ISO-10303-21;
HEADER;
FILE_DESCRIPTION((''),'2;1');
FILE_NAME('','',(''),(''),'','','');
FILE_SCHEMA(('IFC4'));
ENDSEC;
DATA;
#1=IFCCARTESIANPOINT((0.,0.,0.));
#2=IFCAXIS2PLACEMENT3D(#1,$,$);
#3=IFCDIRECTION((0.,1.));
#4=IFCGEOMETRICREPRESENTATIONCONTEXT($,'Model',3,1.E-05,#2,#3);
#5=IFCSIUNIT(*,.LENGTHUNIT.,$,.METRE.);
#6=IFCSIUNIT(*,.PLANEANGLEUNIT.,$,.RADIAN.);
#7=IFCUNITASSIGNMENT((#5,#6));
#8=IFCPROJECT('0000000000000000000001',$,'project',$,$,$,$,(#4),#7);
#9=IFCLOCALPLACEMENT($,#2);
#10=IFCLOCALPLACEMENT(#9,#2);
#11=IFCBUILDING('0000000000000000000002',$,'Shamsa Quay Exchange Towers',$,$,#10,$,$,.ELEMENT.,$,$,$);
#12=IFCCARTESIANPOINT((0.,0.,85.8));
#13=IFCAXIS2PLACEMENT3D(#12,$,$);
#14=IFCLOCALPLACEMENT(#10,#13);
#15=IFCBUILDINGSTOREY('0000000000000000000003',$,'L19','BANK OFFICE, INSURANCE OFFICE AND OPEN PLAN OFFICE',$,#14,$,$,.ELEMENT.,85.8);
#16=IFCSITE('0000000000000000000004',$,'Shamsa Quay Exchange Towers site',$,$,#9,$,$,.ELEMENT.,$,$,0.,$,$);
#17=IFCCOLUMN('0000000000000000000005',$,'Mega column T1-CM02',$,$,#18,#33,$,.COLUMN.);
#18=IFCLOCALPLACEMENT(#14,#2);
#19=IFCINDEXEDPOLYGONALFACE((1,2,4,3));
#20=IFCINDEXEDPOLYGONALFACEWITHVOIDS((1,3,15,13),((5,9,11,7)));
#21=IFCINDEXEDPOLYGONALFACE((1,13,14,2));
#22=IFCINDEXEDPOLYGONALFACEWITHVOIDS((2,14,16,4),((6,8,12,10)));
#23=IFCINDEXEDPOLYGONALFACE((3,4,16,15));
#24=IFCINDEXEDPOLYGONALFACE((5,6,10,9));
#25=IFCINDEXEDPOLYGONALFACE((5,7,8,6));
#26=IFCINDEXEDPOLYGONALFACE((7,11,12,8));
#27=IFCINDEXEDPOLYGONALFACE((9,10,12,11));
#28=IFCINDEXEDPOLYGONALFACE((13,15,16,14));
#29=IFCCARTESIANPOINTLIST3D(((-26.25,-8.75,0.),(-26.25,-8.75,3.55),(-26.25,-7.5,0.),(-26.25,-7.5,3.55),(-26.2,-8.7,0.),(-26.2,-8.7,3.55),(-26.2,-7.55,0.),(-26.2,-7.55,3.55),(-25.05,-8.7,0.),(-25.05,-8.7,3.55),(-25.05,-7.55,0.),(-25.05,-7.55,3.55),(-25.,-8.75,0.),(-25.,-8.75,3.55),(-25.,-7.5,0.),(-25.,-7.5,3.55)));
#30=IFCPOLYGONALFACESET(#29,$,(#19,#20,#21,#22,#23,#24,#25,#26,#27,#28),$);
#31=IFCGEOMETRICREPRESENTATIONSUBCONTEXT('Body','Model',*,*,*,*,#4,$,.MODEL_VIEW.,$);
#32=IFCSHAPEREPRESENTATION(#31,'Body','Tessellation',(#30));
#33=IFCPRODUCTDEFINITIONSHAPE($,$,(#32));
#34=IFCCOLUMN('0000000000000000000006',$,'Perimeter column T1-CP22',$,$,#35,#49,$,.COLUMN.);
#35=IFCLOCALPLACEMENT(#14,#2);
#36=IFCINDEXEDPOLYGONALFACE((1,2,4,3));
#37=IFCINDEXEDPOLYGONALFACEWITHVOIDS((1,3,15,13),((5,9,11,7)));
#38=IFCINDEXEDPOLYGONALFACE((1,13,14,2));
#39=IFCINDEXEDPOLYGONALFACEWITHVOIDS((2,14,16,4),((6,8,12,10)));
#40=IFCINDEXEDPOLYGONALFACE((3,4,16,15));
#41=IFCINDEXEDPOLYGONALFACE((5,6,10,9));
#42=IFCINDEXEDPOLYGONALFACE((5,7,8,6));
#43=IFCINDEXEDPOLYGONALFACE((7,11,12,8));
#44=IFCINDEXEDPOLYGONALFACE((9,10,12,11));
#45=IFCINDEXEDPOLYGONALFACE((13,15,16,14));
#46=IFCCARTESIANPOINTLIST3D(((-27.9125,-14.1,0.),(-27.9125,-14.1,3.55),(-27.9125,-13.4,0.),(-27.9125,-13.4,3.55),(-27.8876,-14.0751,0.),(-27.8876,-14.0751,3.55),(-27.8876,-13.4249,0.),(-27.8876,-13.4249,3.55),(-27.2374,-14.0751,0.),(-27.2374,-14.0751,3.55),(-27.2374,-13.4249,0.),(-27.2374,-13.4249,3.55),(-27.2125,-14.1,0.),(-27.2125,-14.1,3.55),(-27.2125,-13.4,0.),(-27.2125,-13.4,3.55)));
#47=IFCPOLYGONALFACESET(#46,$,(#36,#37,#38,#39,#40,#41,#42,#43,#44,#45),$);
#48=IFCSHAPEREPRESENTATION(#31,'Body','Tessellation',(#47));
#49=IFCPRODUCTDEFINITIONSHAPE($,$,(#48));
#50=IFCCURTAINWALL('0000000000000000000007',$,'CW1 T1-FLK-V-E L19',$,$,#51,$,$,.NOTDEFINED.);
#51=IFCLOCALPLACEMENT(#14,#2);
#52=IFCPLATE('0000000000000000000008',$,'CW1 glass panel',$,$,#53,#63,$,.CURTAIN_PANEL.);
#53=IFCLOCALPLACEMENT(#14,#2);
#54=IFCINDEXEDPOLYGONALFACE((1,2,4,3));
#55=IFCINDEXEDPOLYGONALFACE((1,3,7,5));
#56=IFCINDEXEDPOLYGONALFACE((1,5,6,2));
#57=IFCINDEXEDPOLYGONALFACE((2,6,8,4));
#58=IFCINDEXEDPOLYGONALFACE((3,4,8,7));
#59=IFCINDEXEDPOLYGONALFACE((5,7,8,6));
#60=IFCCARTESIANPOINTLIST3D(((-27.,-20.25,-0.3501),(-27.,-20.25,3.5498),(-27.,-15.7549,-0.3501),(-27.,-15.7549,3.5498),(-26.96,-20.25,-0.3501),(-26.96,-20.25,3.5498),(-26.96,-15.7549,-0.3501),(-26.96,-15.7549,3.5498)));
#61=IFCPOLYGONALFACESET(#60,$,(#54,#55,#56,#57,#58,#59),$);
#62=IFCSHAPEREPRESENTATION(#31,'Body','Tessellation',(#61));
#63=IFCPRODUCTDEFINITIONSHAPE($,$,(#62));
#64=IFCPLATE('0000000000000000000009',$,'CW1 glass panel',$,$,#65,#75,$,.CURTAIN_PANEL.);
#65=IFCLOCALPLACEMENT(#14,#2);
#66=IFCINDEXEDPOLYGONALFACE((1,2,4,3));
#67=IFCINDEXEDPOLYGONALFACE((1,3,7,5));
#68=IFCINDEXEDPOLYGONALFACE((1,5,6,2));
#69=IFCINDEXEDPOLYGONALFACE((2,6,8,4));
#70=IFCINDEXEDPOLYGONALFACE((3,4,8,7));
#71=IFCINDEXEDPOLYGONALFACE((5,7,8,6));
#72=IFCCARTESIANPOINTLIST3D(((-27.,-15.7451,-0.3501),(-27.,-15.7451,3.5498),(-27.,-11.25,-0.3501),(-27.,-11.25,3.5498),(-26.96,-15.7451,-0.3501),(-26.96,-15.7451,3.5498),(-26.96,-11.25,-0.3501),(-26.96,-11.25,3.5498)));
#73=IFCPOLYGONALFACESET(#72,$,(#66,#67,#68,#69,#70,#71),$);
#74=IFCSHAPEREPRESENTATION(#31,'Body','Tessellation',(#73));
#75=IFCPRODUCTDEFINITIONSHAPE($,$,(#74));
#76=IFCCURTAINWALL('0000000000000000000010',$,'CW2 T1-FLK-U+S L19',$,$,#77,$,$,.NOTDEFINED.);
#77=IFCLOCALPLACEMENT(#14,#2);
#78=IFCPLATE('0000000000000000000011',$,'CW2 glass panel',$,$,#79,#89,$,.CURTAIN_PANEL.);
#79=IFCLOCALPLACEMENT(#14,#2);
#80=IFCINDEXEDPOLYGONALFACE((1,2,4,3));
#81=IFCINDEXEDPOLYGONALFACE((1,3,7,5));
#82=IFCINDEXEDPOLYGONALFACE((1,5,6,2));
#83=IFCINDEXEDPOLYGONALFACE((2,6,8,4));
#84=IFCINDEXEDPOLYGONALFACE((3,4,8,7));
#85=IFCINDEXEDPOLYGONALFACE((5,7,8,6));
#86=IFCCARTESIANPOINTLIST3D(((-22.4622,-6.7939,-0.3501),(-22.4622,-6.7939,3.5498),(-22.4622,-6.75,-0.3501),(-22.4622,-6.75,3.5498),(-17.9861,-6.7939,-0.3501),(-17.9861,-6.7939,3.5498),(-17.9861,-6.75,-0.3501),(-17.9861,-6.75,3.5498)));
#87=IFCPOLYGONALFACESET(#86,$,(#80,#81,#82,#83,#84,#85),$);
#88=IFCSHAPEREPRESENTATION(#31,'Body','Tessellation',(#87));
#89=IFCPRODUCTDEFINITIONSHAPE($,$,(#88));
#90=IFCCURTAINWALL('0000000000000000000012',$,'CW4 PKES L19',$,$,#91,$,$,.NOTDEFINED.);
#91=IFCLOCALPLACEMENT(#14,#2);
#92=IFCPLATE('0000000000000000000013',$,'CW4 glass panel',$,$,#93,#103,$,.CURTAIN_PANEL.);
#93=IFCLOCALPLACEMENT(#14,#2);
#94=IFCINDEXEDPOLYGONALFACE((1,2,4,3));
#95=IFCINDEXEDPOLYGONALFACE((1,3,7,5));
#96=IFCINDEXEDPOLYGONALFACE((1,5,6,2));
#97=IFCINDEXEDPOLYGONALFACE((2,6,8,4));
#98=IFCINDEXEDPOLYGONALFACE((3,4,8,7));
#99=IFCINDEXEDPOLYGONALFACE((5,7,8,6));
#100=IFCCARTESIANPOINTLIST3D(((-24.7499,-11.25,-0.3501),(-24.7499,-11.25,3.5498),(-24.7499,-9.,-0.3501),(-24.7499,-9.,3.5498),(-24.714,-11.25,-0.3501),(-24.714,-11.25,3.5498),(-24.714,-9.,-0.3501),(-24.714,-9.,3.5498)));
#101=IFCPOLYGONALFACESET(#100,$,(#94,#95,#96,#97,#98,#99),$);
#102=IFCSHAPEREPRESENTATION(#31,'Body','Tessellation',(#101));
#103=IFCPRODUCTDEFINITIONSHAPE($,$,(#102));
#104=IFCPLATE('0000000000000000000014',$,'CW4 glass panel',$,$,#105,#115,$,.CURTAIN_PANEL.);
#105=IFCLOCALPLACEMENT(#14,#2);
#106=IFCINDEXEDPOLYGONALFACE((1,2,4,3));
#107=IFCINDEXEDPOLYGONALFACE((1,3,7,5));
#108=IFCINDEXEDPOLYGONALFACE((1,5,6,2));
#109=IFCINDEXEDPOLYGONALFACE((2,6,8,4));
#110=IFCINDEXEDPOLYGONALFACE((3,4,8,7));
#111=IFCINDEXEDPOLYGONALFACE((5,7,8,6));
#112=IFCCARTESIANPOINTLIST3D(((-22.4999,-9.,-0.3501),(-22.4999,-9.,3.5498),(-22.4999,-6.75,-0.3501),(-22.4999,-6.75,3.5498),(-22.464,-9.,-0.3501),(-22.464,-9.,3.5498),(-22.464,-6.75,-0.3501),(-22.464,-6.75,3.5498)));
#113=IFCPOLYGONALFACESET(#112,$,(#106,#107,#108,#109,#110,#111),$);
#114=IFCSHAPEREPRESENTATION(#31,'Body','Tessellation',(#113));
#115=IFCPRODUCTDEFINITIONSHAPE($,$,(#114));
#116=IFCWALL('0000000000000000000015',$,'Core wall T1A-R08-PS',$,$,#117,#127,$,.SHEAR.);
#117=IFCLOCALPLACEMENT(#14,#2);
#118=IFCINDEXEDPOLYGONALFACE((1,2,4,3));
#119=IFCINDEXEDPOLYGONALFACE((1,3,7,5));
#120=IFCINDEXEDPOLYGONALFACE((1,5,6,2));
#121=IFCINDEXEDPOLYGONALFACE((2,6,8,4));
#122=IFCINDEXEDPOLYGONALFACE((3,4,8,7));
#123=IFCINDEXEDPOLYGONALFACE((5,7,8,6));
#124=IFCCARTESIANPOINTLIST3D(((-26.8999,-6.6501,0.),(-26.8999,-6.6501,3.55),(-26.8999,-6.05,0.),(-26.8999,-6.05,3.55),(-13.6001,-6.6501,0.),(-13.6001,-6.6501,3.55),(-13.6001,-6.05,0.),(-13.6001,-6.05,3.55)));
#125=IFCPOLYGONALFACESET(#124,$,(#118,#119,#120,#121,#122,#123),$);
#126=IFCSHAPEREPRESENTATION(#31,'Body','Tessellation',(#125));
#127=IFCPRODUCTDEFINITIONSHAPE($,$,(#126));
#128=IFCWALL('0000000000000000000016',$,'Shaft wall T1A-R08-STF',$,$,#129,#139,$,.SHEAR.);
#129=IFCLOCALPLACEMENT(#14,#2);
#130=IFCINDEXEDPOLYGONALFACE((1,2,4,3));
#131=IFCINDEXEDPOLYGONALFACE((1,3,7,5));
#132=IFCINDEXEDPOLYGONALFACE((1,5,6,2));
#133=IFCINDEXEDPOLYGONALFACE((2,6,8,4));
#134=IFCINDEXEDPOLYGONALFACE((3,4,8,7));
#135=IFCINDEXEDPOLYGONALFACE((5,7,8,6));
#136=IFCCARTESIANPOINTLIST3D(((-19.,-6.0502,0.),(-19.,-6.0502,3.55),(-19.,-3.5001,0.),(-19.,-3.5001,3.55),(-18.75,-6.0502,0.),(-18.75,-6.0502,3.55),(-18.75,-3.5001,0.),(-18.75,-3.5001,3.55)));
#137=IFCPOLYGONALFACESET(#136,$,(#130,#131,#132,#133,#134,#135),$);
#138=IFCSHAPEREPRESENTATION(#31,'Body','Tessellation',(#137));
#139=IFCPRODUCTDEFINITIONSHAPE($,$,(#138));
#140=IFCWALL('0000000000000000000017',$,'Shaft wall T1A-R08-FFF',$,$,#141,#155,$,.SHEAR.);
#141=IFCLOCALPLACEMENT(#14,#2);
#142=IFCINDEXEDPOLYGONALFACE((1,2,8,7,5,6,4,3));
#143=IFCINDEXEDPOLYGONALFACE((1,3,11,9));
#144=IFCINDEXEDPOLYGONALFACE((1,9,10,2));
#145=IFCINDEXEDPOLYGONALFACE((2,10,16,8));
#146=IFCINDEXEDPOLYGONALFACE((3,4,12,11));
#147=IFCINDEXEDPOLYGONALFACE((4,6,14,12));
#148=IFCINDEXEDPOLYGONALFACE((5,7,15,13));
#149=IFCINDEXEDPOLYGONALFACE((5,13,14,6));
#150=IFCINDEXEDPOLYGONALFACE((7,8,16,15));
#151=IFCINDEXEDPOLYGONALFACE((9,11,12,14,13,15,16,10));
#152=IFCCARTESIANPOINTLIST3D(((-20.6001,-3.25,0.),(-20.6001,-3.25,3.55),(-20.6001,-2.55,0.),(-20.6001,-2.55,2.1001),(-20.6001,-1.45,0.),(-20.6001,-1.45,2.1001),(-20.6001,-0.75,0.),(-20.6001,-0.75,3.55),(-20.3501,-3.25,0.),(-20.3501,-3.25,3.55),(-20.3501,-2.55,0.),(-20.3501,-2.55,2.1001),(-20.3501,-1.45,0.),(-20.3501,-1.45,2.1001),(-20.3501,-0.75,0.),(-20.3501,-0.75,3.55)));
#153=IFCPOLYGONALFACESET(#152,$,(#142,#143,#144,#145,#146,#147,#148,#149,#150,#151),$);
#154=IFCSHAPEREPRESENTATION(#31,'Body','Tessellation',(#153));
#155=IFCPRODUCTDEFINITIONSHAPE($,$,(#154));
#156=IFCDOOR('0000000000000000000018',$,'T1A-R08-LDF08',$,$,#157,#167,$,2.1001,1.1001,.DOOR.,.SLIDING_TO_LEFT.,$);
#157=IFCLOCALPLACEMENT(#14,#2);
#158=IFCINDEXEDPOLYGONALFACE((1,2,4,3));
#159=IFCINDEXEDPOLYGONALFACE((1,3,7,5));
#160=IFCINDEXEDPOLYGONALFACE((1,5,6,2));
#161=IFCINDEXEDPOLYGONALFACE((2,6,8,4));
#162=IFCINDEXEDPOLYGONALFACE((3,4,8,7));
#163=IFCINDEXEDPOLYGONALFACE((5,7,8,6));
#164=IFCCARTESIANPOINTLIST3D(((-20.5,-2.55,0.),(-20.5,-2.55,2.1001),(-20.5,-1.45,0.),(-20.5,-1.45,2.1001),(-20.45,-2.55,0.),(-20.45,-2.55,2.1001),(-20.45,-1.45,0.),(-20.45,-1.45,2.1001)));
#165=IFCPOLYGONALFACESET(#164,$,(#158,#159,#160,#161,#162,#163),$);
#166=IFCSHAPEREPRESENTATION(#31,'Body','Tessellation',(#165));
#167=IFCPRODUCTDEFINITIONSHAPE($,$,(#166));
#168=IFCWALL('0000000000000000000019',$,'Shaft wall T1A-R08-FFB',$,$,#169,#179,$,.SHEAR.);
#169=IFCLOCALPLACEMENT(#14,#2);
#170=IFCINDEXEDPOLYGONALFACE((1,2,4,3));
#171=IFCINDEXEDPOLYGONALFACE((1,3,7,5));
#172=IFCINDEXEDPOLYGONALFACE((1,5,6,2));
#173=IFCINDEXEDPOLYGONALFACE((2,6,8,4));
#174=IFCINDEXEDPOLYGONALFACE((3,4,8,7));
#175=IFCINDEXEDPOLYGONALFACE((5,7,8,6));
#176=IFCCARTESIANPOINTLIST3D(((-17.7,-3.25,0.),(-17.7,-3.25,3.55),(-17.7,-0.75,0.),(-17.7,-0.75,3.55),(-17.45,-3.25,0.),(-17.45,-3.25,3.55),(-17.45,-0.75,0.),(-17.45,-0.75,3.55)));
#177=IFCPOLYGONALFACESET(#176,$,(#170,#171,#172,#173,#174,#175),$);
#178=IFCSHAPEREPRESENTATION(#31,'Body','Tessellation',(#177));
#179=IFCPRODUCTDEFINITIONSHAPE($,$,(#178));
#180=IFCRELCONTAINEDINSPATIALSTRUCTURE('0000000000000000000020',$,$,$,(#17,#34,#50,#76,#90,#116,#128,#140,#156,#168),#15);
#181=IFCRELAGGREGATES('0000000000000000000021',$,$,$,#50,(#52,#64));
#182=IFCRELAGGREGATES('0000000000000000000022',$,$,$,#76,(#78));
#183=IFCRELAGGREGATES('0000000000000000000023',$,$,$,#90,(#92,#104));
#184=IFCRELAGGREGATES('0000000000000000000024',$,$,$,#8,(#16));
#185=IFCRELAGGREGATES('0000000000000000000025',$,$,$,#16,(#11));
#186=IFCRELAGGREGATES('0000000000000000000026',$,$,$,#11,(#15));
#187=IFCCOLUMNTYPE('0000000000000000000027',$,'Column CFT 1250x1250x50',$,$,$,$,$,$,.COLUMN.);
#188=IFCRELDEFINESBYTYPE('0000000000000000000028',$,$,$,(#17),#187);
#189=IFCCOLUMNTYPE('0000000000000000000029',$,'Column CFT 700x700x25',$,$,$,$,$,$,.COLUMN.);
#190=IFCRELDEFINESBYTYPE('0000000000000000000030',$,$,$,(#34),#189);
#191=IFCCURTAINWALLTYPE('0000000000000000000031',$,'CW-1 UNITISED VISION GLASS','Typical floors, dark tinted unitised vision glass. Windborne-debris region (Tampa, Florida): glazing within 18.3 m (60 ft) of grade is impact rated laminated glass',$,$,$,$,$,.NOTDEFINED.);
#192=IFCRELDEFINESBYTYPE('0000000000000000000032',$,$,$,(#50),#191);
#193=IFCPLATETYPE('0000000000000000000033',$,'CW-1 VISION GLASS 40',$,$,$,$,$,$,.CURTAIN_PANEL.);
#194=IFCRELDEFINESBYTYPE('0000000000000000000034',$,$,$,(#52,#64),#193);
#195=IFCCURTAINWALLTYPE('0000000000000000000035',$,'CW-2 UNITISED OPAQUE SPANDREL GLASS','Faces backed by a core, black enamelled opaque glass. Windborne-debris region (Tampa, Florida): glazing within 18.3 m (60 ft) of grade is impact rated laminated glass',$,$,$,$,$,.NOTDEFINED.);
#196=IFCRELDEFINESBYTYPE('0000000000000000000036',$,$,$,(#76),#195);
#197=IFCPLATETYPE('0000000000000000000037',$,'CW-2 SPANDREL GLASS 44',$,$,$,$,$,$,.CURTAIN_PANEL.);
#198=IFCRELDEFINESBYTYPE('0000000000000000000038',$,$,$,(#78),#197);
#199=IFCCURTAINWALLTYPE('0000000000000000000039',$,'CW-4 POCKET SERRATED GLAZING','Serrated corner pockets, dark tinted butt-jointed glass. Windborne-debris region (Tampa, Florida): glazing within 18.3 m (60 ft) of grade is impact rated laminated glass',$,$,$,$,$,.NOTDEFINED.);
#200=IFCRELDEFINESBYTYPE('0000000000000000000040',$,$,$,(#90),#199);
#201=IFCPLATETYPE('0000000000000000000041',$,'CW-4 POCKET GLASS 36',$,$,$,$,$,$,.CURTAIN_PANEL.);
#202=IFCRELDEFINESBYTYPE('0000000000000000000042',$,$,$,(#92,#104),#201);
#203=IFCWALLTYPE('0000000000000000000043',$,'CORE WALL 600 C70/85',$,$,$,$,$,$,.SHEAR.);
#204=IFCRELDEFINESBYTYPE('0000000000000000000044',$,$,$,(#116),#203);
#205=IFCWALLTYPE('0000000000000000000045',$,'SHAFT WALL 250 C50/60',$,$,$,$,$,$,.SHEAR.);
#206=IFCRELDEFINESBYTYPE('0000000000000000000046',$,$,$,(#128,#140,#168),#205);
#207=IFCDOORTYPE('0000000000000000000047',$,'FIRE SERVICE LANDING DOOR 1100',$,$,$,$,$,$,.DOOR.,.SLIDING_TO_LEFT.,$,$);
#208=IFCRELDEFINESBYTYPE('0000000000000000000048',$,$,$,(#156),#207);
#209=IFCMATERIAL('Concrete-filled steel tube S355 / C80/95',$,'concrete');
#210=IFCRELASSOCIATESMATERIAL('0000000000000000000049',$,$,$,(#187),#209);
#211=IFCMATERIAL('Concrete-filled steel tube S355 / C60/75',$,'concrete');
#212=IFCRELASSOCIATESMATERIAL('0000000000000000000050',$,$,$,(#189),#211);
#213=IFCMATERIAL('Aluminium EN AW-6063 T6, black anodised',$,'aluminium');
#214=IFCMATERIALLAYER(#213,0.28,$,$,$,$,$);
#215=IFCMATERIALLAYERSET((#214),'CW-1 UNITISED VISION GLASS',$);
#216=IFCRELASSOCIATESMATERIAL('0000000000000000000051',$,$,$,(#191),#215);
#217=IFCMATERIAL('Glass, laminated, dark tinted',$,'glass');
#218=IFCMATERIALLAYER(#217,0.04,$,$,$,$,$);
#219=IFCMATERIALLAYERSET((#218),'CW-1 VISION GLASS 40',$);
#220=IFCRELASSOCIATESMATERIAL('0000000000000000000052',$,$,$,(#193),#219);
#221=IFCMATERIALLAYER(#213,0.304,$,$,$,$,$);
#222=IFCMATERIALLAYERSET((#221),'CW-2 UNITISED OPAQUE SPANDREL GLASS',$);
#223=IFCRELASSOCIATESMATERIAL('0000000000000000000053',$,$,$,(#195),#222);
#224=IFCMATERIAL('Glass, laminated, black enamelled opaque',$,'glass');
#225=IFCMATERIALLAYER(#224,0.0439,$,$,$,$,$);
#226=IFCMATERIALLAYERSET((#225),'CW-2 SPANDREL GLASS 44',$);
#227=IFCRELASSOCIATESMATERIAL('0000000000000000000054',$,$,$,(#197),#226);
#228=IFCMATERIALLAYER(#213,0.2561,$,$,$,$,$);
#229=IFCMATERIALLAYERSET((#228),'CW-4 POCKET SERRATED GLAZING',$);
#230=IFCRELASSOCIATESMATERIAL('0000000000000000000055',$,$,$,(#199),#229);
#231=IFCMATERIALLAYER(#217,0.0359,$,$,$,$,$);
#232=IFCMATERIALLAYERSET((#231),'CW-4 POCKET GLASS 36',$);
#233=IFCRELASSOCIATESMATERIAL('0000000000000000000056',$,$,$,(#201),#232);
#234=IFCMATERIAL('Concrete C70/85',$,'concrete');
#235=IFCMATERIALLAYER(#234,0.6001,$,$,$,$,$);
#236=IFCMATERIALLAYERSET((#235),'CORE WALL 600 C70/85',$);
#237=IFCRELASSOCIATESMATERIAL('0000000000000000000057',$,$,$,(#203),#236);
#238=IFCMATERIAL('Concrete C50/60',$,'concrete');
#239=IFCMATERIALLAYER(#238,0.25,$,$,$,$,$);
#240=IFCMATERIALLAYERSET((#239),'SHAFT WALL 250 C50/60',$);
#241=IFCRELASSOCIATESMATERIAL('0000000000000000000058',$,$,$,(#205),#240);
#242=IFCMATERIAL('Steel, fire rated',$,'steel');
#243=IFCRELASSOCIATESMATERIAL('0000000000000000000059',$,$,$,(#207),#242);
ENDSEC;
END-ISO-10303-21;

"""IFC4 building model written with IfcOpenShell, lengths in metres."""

from ifc_helpers import new_model, si_unit, direction, frame, frame_2d, origin, origin_2d, place, context, subcontext, project, spatial, rectangle, hollow_rectangle, extrude, material, layer, layer_set, material_profile, profile_set, type_object, element, fill, aggregate, save


model = new_model("IFC4")

# Units and contexts
model_context = context("Model", 3, precision=1e-05, world=origin(), true_north=direction((0.0, 1.0)))
body_context = subcontext(model_context, "Body", "Model", "MODEL_VIEW")
ifc_project = project(units=[si_unit("LENGTHUNIT", "METRE"), si_unit("PLANEANGLEUNIT", "RADIAN")], contexts=[model_context])

# Site, building, storey
site_placement = place(None, origin())
site = spatial("IfcSite", under=ifc_project, at=site_placement, Name="Shamsa Quay Exchange Towers site", CompositionType="ELEMENT", RefElevation=0.0)
building_placement = place(site_placement, origin())
building = spatial("IfcBuilding", under=site, at=building_placement, Name="Shamsa Quay Exchange Towers", CompositionType="ELEMENT")
storey_placement = place(building_placement, frame((0.0, 0.0, 85.8)))
storey = spatial("IfcBuildingStorey", under=building, at=storey_placement, Name="L19", Description="BANK OFFICE, INSURANCE OFFICE AND OPEN PLAN OFFICE", CompositionType="ELEMENT", Elevation=85.8)

# Columns
ifc_material_1 = material(Name="Concrete-filled steel tube S355 / C80/95", Category="concrete")
ifc_material_profile_1 = material_profile(ifc_material_1, hollow_rectangle(XDim=1.25, YDim=1.25, WallThickness=0.05, at=origin_2d()), Name="CFT 1250x1250x50")
ifc_profile_set_1 = profile_set([ifc_material_profile_1], Name="Concrete-filled steel tube S355 / C80/95")
column_type_1 = type_object("IfcColumnType", Name="Column CFT 1250x1250x50", PredefinedType="COLUMN", material=ifc_profile_set_1)
column_1_placement = place(storey_placement, frame((-25.625, -8.125, 0.0)))
element("IfcColumn", 1, at=column_1_placement, inside=storey, type_object=column_type_1, Name="Mega column T1-CM02", PredefinedType="COLUMN", context=body_context, shape_type="SweptSolid", body=[
    extrude(hollow_rectangle(XDim=1.25, YDim=1.25, WallThickness=0.05, at=origin_2d()), origin(), (0.0, 0.0, 1.0), 3.55),
])
ifc_material_2 = material(Name="Concrete-filled steel tube S355 / C60/75", Category="concrete")
ifc_material_profile_2 = material_profile(ifc_material_2, hollow_rectangle(XDim=0.7, YDim=0.7, WallThickness=0.0249, at=origin_2d()), Name="CFT 700x700x25")
ifc_profile_set_2 = profile_set([ifc_material_profile_2], Name="Concrete-filled steel tube S355 / C60/75")
column_type_2 = type_object("IfcColumnType", Name="Column CFT 700x700x25", PredefinedType="COLUMN", material=ifc_profile_set_2)
column_2_placement = place(storey_placement, frame((-27.5625, -13.75, 0.0)))
element("IfcColumn", 2, at=column_2_placement, inside=storey, type_object=column_type_2, Name="Perimeter column T1-CP22", PredefinedType="COLUMN", context=body_context, shape_type="SweptSolid", body=[
    extrude(hollow_rectangle(XDim=0.7, YDim=0.7, WallThickness=0.0249, at=origin_2d()), origin(), (0.0, 0.0, 1.0), 3.55),
])

# Curtain wall, plates
ifc_material_3 = material(Name="Aluminium EN AW-6063 T6, black anodised", Category="aluminium")
ifc_layer_1 = layer(ifc_material_3, 0.28)
ifc_layer_set_1 = layer_set([ifc_layer_1], Name="CW-1 UNITISED VISION GLASS")
curtain_wall_type_1 = type_object("IfcCurtainWallType", Name="CW-1 UNITISED VISION GLASS", Description="Typical floors, dark tinted unitised vision glass. Windborne-debris region (Tampa, Florida): glazing within 18.3 m (60 ft) of grade is impact rated laminated glass", PredefinedType="NOTDEFINED", material=ifc_layer_set_1)
curtain_wall_1_placement = place(storey_placement, origin())
curtain_wall_1 = element("IfcCurtainWall", 3, at=curtain_wall_1_placement, inside=storey, type_object=curtain_wall_type_1, Name="CW1 T1-FLK-V-E L19", PredefinedType="NOTDEFINED")
ifc_material_4 = material(Name="Glass, laminated, dark tinted", Category="glass")
ifc_layer_2 = layer(ifc_material_4, 0.04)
ifc_layer_set_2 = layer_set([ifc_layer_2], Name="CW-1 VISION GLASS 40")
plate_type_1 = type_object("IfcPlateType", Name="CW-1 VISION GLASS 40", PredefinedType="CURTAIN_PANEL", material=ifc_layer_set_2)
plate_1_placement = place(storey_placement, frame((-26.98, -18.0024, -0.3501), z_axis=(0.0, 0.0, 1.0), x_axis=(0.0, 1.0, 0.0)))
plate_1 = element("IfcPlate", 4, at=plate_1_placement, type_object=plate_type_1, Name="CW1 glass panel", PredefinedType="CURTAIN_PANEL", context=body_context, shape_type="SweptSolid", body=[
    extrude(rectangle(XDim=4.4951, YDim=0.04, at=origin_2d()), origin(), (0.0, 0.0, 1.0), 3.8999),
])
plate_2_placement = place(storey_placement, frame((-26.98, -13.4976, -0.3501), z_axis=(0.0, 0.0, 1.0), x_axis=(0.0, 1.0, 0.0)))
plate_2 = element("IfcPlate", 5, at=plate_2_placement, type_object=plate_type_1, Name="CW1 glass panel", PredefinedType="CURTAIN_PANEL", context=body_context, shape_type="SweptSolid", body=[
    extrude(rectangle(XDim=4.4951, YDim=0.04, at=origin_2d()), origin(), (0.0, 0.0, 1.0), 3.8999),
])
aggregate(curtain_wall_1, [plate_1, plate_2])

# Curtain wall, plate
ifc_layer_3 = layer(ifc_material_3, 0.304)
ifc_layer_set_3 = layer_set([ifc_layer_3], Name="CW-2 UNITISED OPAQUE SPANDREL GLASS")
curtain_wall_type_2 = type_object("IfcCurtainWallType", Name="CW-2 UNITISED OPAQUE SPANDREL GLASS", Description="Faces backed by a core, black enamelled opaque glass. Windborne-debris region (Tampa, Florida): glazing within 18.3 m (60 ft) of grade is impact rated laminated glass", PredefinedType="NOTDEFINED", material=ifc_layer_set_3)
curtain_wall_2_placement = place(storey_placement, origin())
curtain_wall_2 = element("IfcCurtainWall", 6, at=curtain_wall_2_placement, inside=storey, type_object=curtain_wall_type_2, Name="CW2 T1-FLK-U+S L19", PredefinedType="NOTDEFINED")
ifc_material_5 = material(Name="Glass, laminated, black enamelled opaque", Category="glass")
ifc_layer_4 = layer(ifc_material_5, 0.0439)
ifc_layer_set_4 = layer_set([ifc_layer_4], Name="CW-2 SPANDREL GLASS 44")
plate_type_2 = type_object("IfcPlateType", Name="CW-2 SPANDREL GLASS 44", PredefinedType="CURTAIN_PANEL", material=ifc_layer_set_4)
plate_3_placement = place(storey_placement, frame((-20.2241, -6.772, -0.3501)))
plate_3 = element("IfcPlate", 7, at=plate_3_placement, type_object=plate_type_2, Name="CW2 glass panel", PredefinedType="CURTAIN_PANEL", context=body_context, shape_type="SweptSolid", body=[
    extrude(rectangle(XDim=4.4761, YDim=0.0439, at=origin_2d()), origin(), (0.0, 0.0, 1.0), 3.8999),
])
aggregate(curtain_wall_2, [plate_3])

# Curtain wall, plates
ifc_layer_5 = layer(ifc_material_3, 0.2561)
ifc_layer_set_5 = layer_set([ifc_layer_5], Name="CW-4 POCKET SERRATED GLAZING")
curtain_wall_type_3 = type_object("IfcCurtainWallType", Name="CW-4 POCKET SERRATED GLAZING", Description="Serrated corner pockets, dark tinted butt-jointed glass. Windborne-debris region (Tampa, Florida): glazing within 18.3 m (60 ft) of grade is impact rated laminated glass", PredefinedType="NOTDEFINED", material=ifc_layer_set_5)
curtain_wall_3_placement = place(storey_placement, origin())
curtain_wall_3 = element("IfcCurtainWall", 8, at=curtain_wall_3_placement, inside=storey, type_object=curtain_wall_type_3, Name="CW4 PKES L19", PredefinedType="NOTDEFINED")
ifc_layer_6 = layer(ifc_material_4, 0.0359)
ifc_layer_set_6 = layer_set([ifc_layer_6], Name="CW-4 POCKET GLASS 36")
plate_type_3 = type_object("IfcPlateType", Name="CW-4 POCKET GLASS 36", PredefinedType="CURTAIN_PANEL", material=ifc_layer_set_6)
plate_4_placement = place(storey_placement, frame((-24.7319, -10.125, -0.3501), z_axis=(0.0, 0.0, 1.0), x_axis=(0.0, 1.0, 0.0)))
plate_4 = element("IfcPlate", 9, at=plate_4_placement, type_object=plate_type_3, Name="CW4 glass panel", PredefinedType="CURTAIN_PANEL", context=body_context, shape_type="SweptSolid", body=[
    extrude(rectangle(XDim=2.25, YDim=0.0359, at=origin_2d()), origin(), (0.0, 0.0, 1.0), 3.8999),
])
plate_5_placement = place(storey_placement, frame((-22.4819, -7.875, -0.3501), z_axis=(0.0, 0.0, 1.0), x_axis=(0.0, 1.0, 0.0)))
plate_5 = element("IfcPlate", 10, at=plate_5_placement, type_object=plate_type_3, Name="CW4 glass panel", PredefinedType="CURTAIN_PANEL", context=body_context, shape_type="SweptSolid", body=[
    extrude(rectangle(XDim=2.25, YDim=0.0359, at=origin_2d()), origin(), (0.0, 0.0, 1.0), 3.8999),
])
aggregate(curtain_wall_3, [plate_4, plate_5])

# Walls
ifc_material_6 = material(Name="Concrete C70/85", Category="concrete")
ifc_layer_7 = layer(ifc_material_6, 0.6001)
ifc_layer_set_7 = layer_set([ifc_layer_7], Name="CORE WALL 600 C70/85")
wall_type_1 = type_object("IfcWallType", Name="CORE WALL 600 C70/85", PredefinedType="SHEAR", material=ifc_layer_set_7)
wall_1_placement = place(storey_placement, frame((-26.8999, -6.3501, 0.0)))
element("IfcWall", 11, at=wall_1_placement, inside=storey, type_object=wall_type_1, Name="Core wall T1A-R08-PS", PredefinedType="SHEAR", context=body_context, shape_type="SweptSolid", body=[
    extrude(rectangle(XDim=13.2998, YDim=0.6001, at=frame_2d((6.6499, 0.0))), origin(), (0.0, 0.0, 1.0), 3.55),
])
ifc_material_7 = material(Name="Concrete C50/60", Category="concrete")
ifc_layer_8 = layer(ifc_material_7, 0.25)
ifc_layer_set_8 = layer_set([ifc_layer_8], Name="SHAFT WALL 250 C50/60")
wall_type_2 = type_object("IfcWallType", Name="SHAFT WALL 250 C50/60", PredefinedType="SHEAR", material=ifc_layer_set_8)
wall_2_placement = place(storey_placement, frame((-18.875, -6.05, 0.0), z_axis=(0.0, 0.0, 1.0), x_axis=(0.0, 1.0, 0.0)))
element("IfcWall", 12, at=wall_2_placement, inside=storey, type_object=wall_type_2, Name="Shaft wall T1A-R08-STF", PredefinedType="SHEAR", context=body_context, shape_type="SweptSolid", body=[
    extrude(rectangle(XDim=2.55, YDim=0.25, at=frame_2d((1.2749, 0.0))), origin(), (0.0, 0.0, 1.0), 3.55),
])

# Wall, opening, door
wall_3_placement = place(storey_placement, frame((-20.4751, -3.25, 0.0), z_axis=(0.0, 0.0, 1.0), x_axis=(0.0, 1.0, 0.0)))
wall_3 = element("IfcWall", 13, at=wall_3_placement, inside=storey, type_object=wall_type_2, Name="Shaft wall T1A-R08-FFF", PredefinedType="SHEAR", context=body_context, shape_type="SweptSolid", body=[
    extrude(rectangle(XDim=2.5, YDim=0.25, at=frame_2d((1.25, 0.0))), origin(), (0.0, 0.0, 1.0), 3.55),
])
opening_1_placement = place(wall_3_placement, frame((0.7, 0.0, 0.0)))
opening_1 = element("IfcOpeningElement", 14, at=opening_1_placement, cuts=wall_3, PredefinedType="OPENING", context=body_context, shape_type="SweptSolid", body=[
    extrude(rectangle(XDim=1.1001, YDim=2.1001, at=frame_2d((0.55, 1.05))), frame((0.0, 0.135, 0.0), z_axis=(0.0, -1.0, 0.0), x_axis=(1.0, 0.0, 0.0)), (0.0, 0.0, 1.0), 0.27),
])
ifc_material_8 = material(Name="Steel, fire rated", Category="steel")
door_type_1 = type_object("IfcDoorType", Name="FIRE SERVICE LANDING DOOR 1100", OperationType="SLIDING_TO_LEFT", PredefinedType="DOOR", material=ifc_material_8)
door_1_placement = place(opening_1_placement, origin())
door_1 = element("IfcDoor", 15, at=door_1_placement, inside=storey, type_object=door_type_1, Name="T1A-R08-LDF08", OperationType="SLIDING_TO_LEFT", OverallHeight=2.1001, OverallWidth=1.1001, PredefinedType="DOOR", context=body_context, shape_type="SweptSolid", body=[
    extrude(rectangle(XDim=1.1001, YDim=2.1001, at=frame_2d((0.55, 1.05))), frame((0.0, 0.0249, 0.0), z_axis=(0.0, -1.0, 0.0), x_axis=(1.0, 0.0, 0.0)), (0.0, 0.0, 1.0), 0.05),
])
fill(opening_1, door_1)

# Wall
wall_4_placement = place(storey_placement, frame((-17.575, -3.25, 0.0), z_axis=(0.0, 0.0, 1.0), x_axis=(0.0, 1.0, 0.0)))
element("IfcWall", 16, at=wall_4_placement, inside=storey, type_object=wall_type_2, Name="Shaft wall T1A-R08-FFB", PredefinedType="SHEAR", context=body_context, shape_type="SweptSolid", body=[
    extrude(rectangle(XDim=2.5, YDim=0.25, at=frame_2d((1.25, 0.0))), origin(), (0.0, 0.0, 1.0), 3.55),
])

save(model, "model.ifc")
